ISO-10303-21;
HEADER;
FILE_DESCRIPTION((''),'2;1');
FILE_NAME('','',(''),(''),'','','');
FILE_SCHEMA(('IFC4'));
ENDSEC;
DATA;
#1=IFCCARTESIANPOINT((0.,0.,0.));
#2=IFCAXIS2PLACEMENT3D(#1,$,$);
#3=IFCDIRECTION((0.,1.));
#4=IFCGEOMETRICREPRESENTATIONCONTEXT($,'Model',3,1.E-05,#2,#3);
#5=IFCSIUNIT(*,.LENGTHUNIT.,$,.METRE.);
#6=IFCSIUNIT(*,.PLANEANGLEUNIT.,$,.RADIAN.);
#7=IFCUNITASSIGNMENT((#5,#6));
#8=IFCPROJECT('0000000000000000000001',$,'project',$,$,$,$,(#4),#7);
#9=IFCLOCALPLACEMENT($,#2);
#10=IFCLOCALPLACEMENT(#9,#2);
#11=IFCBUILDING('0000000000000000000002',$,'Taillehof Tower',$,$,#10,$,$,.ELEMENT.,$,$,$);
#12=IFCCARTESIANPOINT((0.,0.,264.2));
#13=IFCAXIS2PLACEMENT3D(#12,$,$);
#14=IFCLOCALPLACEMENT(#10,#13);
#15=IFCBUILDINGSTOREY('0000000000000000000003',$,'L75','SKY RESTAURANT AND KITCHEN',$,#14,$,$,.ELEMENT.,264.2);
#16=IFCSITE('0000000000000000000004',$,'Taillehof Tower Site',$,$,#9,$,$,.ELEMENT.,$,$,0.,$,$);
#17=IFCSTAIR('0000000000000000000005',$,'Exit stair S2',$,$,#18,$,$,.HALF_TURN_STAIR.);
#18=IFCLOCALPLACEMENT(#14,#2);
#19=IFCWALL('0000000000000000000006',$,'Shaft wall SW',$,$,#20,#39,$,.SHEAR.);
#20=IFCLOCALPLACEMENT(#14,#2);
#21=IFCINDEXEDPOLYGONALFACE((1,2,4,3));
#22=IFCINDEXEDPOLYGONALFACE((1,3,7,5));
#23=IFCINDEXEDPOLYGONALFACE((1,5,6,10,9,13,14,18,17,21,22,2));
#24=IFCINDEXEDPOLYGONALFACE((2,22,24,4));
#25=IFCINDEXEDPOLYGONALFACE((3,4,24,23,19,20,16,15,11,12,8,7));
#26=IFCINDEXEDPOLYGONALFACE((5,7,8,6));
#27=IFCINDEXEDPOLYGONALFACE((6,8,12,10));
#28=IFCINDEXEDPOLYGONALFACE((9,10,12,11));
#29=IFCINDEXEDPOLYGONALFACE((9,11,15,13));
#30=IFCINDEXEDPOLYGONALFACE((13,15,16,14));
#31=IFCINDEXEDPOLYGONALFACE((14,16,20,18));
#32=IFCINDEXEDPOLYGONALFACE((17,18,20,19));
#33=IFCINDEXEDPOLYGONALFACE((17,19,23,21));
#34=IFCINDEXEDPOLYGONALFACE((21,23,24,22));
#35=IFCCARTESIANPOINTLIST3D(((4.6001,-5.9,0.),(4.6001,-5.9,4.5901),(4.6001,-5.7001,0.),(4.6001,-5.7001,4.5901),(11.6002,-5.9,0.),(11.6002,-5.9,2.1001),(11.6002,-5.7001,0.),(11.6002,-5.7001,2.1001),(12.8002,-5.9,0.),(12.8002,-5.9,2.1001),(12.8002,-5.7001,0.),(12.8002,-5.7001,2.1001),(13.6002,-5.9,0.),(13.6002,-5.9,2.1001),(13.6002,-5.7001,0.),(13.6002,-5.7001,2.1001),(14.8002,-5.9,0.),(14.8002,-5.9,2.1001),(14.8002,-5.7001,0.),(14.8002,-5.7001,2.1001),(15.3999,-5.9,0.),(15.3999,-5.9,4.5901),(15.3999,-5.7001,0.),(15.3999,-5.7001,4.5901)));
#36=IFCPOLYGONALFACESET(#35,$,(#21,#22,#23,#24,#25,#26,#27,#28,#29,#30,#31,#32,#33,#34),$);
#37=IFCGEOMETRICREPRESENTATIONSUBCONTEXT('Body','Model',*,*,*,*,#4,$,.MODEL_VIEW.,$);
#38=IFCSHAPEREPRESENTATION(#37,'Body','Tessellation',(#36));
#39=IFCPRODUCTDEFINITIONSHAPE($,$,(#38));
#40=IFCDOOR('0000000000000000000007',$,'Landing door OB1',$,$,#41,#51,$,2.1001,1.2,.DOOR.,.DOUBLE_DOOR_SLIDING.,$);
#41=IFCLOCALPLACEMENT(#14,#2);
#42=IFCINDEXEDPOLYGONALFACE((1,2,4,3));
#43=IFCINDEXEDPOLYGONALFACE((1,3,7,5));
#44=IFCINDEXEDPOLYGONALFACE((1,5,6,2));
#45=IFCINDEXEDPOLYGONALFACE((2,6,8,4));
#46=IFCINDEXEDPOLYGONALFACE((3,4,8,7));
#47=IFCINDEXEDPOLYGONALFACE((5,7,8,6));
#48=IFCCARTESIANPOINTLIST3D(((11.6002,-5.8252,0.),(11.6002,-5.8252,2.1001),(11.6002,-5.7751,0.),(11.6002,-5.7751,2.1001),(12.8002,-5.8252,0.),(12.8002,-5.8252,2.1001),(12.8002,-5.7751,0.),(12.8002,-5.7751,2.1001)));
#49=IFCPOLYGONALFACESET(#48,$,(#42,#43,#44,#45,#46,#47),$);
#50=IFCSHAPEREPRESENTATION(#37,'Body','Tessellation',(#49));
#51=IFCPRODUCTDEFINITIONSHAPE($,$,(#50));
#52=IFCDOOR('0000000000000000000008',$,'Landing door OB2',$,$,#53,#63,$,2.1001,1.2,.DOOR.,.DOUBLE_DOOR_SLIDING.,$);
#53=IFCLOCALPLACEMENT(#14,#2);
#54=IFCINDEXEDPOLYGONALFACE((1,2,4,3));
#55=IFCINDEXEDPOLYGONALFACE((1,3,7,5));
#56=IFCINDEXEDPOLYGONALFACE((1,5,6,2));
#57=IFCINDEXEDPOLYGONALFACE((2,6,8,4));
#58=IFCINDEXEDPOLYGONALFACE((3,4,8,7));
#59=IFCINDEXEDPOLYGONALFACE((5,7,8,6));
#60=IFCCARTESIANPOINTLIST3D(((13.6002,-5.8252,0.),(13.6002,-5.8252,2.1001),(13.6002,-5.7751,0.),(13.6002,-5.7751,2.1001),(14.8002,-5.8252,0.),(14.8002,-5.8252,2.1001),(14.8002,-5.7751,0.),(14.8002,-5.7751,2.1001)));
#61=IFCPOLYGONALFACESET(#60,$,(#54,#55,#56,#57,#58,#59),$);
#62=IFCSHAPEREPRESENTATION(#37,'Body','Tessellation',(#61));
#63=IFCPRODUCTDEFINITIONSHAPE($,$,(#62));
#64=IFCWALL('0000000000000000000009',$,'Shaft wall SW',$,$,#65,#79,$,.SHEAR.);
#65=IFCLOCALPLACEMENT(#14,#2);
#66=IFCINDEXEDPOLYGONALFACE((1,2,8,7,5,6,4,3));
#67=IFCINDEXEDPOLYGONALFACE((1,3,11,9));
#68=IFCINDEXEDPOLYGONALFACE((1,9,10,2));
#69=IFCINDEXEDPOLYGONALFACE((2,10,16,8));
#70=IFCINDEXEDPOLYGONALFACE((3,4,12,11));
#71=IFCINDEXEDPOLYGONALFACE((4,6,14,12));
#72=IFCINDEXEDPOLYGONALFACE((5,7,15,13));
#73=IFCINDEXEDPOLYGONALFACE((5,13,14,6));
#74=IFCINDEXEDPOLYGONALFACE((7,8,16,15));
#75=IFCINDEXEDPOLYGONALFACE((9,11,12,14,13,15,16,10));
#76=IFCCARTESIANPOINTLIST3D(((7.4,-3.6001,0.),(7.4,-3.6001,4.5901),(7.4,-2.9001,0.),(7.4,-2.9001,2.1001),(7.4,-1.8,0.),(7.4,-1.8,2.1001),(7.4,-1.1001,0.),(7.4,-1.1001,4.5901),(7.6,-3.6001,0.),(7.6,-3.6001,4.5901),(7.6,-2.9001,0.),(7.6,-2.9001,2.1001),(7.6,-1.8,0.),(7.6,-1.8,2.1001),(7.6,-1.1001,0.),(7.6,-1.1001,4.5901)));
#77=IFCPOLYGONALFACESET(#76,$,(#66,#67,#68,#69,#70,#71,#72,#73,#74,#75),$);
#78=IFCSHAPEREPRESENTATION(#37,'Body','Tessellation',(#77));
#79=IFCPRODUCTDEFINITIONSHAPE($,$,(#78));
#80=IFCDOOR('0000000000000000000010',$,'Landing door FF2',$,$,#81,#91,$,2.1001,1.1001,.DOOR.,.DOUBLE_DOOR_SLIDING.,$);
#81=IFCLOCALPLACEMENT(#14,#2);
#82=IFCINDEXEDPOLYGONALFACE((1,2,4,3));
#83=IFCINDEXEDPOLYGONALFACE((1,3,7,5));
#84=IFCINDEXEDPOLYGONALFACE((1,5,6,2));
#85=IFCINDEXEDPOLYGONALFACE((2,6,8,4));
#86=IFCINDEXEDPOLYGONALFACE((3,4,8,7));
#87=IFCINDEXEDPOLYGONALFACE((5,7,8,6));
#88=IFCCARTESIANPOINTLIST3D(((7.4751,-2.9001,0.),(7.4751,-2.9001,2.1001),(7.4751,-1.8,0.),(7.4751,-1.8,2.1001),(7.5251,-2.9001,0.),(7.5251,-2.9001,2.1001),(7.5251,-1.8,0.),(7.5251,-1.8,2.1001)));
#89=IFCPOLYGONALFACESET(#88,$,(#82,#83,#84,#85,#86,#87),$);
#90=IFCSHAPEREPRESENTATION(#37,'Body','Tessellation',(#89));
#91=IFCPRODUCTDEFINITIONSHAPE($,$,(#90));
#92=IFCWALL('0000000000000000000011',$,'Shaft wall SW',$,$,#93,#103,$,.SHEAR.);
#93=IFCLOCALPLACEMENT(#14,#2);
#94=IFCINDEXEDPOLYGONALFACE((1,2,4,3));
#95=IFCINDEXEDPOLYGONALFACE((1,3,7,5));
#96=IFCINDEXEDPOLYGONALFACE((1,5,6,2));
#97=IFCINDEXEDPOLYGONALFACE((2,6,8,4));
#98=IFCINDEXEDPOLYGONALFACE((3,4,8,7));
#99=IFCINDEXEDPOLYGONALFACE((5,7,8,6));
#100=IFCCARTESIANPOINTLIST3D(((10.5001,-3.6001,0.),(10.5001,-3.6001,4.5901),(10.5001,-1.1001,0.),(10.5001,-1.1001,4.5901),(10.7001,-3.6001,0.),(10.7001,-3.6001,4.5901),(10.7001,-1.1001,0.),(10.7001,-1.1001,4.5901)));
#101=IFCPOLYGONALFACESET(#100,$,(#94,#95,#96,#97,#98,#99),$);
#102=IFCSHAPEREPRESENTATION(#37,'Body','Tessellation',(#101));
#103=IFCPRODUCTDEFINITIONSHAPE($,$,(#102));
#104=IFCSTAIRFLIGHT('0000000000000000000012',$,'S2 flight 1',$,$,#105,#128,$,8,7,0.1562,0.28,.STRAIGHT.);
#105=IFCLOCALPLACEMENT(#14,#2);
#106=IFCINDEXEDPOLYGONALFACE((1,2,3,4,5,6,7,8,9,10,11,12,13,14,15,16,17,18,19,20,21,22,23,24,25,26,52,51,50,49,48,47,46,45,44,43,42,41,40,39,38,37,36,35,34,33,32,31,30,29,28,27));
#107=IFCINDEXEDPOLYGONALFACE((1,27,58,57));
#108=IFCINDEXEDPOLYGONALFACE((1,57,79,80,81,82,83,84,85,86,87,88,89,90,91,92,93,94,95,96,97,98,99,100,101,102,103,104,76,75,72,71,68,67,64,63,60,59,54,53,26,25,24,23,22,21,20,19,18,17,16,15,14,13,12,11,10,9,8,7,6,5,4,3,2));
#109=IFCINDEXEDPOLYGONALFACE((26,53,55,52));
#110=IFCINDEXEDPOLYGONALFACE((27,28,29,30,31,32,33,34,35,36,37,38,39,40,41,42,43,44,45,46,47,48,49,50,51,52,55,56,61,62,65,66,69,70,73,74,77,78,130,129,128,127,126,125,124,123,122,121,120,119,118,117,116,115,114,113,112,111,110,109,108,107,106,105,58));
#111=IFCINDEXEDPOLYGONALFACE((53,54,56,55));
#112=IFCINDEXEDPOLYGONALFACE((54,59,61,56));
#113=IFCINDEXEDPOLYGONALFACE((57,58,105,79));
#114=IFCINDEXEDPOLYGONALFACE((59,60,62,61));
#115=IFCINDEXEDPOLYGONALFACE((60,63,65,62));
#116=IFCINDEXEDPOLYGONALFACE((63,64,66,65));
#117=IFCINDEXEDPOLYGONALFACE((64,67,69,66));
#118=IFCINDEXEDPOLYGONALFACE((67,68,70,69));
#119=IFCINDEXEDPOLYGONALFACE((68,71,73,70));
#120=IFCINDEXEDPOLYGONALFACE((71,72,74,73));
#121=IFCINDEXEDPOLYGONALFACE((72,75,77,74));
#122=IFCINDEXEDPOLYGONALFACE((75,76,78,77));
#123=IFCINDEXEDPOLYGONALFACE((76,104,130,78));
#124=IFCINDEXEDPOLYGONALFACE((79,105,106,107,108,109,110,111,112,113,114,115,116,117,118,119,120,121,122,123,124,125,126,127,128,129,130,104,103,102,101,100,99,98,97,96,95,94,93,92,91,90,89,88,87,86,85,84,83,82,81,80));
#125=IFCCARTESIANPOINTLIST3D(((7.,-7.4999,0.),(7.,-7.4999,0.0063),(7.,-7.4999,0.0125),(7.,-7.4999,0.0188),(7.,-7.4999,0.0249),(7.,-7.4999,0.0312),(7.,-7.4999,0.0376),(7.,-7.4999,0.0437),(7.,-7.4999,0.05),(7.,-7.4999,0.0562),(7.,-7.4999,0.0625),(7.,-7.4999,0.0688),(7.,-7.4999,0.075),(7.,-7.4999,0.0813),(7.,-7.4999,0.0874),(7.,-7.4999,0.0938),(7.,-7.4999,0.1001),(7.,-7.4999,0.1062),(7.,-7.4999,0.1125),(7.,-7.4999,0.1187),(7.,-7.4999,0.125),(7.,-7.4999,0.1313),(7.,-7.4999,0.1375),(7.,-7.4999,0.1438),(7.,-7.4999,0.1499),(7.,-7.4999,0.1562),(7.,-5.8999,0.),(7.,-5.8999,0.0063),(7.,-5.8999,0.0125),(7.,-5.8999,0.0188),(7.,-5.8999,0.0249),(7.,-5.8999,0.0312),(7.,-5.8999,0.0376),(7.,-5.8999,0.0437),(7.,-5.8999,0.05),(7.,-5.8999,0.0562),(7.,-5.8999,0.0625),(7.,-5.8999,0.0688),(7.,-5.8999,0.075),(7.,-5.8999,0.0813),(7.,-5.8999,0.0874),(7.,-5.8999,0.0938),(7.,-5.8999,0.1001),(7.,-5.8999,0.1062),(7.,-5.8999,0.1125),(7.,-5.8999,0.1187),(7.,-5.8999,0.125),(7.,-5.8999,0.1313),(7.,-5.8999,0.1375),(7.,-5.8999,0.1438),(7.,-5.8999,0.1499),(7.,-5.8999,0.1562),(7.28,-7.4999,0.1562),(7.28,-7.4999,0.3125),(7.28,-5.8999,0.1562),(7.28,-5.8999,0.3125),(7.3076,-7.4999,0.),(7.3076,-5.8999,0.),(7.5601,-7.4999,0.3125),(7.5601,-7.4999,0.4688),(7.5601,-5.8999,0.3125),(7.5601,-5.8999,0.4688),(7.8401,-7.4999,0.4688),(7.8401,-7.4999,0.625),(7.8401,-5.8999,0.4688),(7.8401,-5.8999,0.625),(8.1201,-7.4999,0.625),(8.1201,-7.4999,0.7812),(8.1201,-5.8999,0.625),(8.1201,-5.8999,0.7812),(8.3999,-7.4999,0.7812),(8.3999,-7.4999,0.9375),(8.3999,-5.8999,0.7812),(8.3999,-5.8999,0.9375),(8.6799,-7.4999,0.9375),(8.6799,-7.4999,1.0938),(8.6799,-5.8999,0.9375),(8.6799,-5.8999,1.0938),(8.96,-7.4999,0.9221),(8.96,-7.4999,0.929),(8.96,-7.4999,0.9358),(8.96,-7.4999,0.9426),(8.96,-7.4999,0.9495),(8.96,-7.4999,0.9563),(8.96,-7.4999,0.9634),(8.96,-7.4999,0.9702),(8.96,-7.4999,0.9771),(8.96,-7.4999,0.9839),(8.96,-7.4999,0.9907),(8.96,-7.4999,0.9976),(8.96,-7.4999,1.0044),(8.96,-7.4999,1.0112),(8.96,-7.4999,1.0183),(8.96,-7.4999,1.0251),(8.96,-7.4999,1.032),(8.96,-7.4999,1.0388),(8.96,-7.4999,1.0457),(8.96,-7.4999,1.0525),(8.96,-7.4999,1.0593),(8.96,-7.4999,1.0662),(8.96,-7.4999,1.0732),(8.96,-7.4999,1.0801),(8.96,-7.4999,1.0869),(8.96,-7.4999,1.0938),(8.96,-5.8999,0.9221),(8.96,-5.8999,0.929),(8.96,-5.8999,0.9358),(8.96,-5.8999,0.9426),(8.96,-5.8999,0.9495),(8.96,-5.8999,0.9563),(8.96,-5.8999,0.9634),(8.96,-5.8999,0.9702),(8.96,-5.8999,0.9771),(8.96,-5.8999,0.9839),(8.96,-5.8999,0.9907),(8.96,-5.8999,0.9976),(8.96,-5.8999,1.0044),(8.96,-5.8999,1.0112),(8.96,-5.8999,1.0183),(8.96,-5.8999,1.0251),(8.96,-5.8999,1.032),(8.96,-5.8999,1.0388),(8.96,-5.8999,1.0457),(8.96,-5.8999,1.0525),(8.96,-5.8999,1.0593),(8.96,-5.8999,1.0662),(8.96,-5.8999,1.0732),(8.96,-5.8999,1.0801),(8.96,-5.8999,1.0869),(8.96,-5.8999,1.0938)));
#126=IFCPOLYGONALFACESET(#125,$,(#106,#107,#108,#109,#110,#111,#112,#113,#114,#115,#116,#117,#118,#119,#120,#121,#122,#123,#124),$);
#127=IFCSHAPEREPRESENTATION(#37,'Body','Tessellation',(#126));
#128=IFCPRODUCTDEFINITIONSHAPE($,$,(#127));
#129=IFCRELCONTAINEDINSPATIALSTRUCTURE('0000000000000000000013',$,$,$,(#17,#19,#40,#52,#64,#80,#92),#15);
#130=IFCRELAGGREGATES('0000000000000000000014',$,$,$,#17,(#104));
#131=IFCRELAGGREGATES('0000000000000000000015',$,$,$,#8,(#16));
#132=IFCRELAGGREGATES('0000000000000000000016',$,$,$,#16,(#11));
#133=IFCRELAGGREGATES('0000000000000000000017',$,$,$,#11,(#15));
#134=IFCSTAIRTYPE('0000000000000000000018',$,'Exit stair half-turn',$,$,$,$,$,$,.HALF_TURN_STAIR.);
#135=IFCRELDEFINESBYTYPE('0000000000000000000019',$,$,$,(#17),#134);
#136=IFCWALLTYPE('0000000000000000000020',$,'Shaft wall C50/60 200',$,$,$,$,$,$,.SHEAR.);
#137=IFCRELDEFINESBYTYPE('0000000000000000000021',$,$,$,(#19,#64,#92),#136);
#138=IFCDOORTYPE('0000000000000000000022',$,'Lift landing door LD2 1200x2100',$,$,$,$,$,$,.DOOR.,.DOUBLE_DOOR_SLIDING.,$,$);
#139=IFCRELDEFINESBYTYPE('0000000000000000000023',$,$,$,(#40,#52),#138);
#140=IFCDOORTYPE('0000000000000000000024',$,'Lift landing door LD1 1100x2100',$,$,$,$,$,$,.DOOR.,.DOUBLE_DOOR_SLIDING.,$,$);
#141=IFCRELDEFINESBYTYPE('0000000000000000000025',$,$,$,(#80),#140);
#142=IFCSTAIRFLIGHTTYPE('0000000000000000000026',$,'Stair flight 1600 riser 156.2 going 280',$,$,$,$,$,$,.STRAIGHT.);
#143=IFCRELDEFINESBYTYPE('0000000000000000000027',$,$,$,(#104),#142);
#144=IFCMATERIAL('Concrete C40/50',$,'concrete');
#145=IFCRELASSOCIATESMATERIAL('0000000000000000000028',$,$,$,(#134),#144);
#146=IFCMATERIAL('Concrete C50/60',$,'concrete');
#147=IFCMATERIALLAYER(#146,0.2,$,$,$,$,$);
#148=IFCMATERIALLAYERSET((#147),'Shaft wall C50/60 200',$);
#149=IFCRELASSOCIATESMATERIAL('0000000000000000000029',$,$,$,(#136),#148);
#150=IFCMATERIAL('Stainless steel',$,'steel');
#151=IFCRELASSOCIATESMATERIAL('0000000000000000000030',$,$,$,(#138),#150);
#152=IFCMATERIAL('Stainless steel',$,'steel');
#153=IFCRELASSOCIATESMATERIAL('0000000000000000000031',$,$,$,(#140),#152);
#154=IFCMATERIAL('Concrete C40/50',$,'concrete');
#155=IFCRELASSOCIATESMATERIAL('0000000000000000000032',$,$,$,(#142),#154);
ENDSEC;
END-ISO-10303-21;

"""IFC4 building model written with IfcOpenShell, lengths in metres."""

from ifc_helpers import new_model, si_unit, direction, frame, frame_2d, origin, place, context, subcontext, project, spatial, polyline, rectangle, outline, extrude, material, layer, layer_set, type_object, element, fill, aggregate, save


model = new_model("IFC4")

# Units and contexts
model_context = context("Model", 3, precision=1e-05, world=origin(), true_north=direction((0.0, 1.0)))
body_context = subcontext(model_context, "Body", "Model", "MODEL_VIEW")
ifc_project = project(units=[si_unit("LENGTHUNIT", "METRE"), si_unit("PLANEANGLEUNIT", "RADIAN")], contexts=[model_context])

# Site, building, storey
site_placement = place(None, origin())
site = spatial("IfcSite", under=ifc_project, at=site_placement, Name="Taillehof Tower Site", CompositionType="ELEMENT", RefElevation=0.0)
building_placement = place(site_placement, origin())
building = spatial("IfcBuilding", under=site, at=building_placement, Name="Taillehof Tower", CompositionType="ELEMENT")
storey_placement = place(building_placement, frame((0.0, 0.0, 264.2)))
storey = spatial("IfcBuildingStorey", under=building, at=storey_placement, Name="L75", Description="SKY RESTAURANT AND KITCHEN", CompositionType="ELEMENT", Elevation=264.2)

# Stair
ifc_material_1 = material(Name="Concrete C40/50", Category="concrete")
stair_type = type_object("IfcStairType", Name="Exit stair half-turn", PredefinedType="HALF_TURN_STAIR", material=ifc_material_1)
stair_1_placement = place(storey_placement, origin())
stair_1 = element("IfcStair", 1, at=stair_1_placement, inside=storey, type_object=stair_type, Name="Exit stair S2", PredefinedType="HALF_TURN_STAIR")

# Shared definitions
ifc_material_2 = material(Name="Concrete C50/60", Category="concrete")
ifc_layer_1 = layer(ifc_material_2, 0.2)
ifc_layer_set_1 = layer_set([ifc_layer_1], Name="Shaft wall C50/60 200")
wall_type_1 = type_object("IfcWallType", Name="Shaft wall C50/60 200", PredefinedType="SHEAR", material=ifc_layer_set_1)

# Wall, openings, doors
wall_1_placement = place(storey_placement, frame((4.6001, -5.8, 0.0), z_axis=(0.0, 0.0, 1.0), x_axis=(1.0, 0.0, 0.0)))
wall_1 = element("IfcWall", 2, at=wall_1_placement, inside=storey, type_object=wall_type_1, Name="Shaft wall SW", PredefinedType="SHEAR", context=body_context, shape_type="SweptSolid", body=[
    extrude(rectangle(XDim=10.7998, YDim=0.2, at=frame_2d((5.3999, 0.0))), origin(), (0.0, 0.0, 1.0), 4.5901),
])
opening_1_placement = place(wall_1_placement, frame((7.0, 0.0, 0.0)))
opening_1 = element("IfcOpeningElement", 3, at=opening_1_placement, cuts=wall_1, PredefinedType="OPENING", context=body_context, shape_type="SweptSolid", body=[
    extrude(rectangle(XDim=1.2, YDim=2.1001, at=frame_2d((0.6001, 1.05))), frame((0.0, 0.1099, 0.0), z_axis=(0.0, -1.0, 0.0), x_axis=(1.0, 0.0, 0.0)), (0.0, 0.0, 1.0), 0.22),
])
opening_2_placement = place(wall_1_placement, frame((9.0, 0.0, 0.0)))
opening_2 = element("IfcOpeningElement", 4, at=opening_2_placement, cuts=wall_1, PredefinedType="OPENING", context=body_context, shape_type="SweptSolid", body=[
    extrude(rectangle(XDim=1.2, YDim=2.1001, at=frame_2d((0.6001, 1.05))), frame((0.0, 0.1099, 0.0), z_axis=(0.0, -1.0, 0.0), x_axis=(1.0, 0.0, 0.0)), (0.0, 0.0, 1.0), 0.22),
])
ifc_material_3 = material(Name="Stainless steel", Category="steel")
door_type_1 = type_object("IfcDoorType", Name="Lift landing door LD2 1200x2100", OperationType="DOUBLE_DOOR_SLIDING", PredefinedType="DOOR", material=ifc_material_3)
door_1_placement = place(opening_1_placement, origin())
door_1 = element("IfcDoor", 5, at=door_1_placement, inside=storey, type_object=door_type_1, Name="Landing door OB1", OperationType="DOUBLE_DOOR_SLIDING", OverallHeight=2.1001, OverallWidth=1.2, PredefinedType="DOOR", context=body_context, shape_type="SweptSolid", body=[
    extrude(rectangle(XDim=1.2, YDim=2.1001, at=frame_2d((0.6001, 1.05))), frame((0.0, 0.0249, 0.0), z_axis=(0.0, -1.0, 0.0), x_axis=(1.0, 0.0, 0.0)), (0.0, 0.0, 1.0), 0.05),
])
fill(opening_1, door_1)
door_2_placement = place(opening_2_placement, origin())
door_2 = element("IfcDoor", 6, at=door_2_placement, inside=storey, type_object=door_type_1, Name="Landing door OB2", OperationType="DOUBLE_DOOR_SLIDING", OverallHeight=2.1001, OverallWidth=1.2, PredefinedType="DOOR", context=body_context, shape_type="SweptSolid", body=[
    extrude(rectangle(XDim=1.2, YDim=2.1001, at=frame_2d((0.6001, 1.05))), frame((0.0, 0.0249, 0.0), z_axis=(0.0, -1.0, 0.0), x_axis=(1.0, 0.0, 0.0)), (0.0, 0.0, 1.0), 0.05),
])
fill(opening_2, door_2)

# Wall, opening, door
wall_2_placement = place(storey_placement, frame((7.5, -3.6001, 0.0), z_axis=(0.0, 0.0, 1.0), x_axis=(0.0, 1.0, 0.0)))
wall_2 = element("IfcWall", 7, at=wall_2_placement, inside=storey, type_object=wall_type_1, Name="Shaft wall SW", PredefinedType="SHEAR", context=body_context, shape_type="SweptSolid", body=[
    extrude(rectangle(XDim=2.5, YDim=0.2, at=frame_2d((1.25, 0.0))), origin(), (0.0, 0.0, 1.0), 4.5901),
])
opening_3_placement = place(wall_2_placement, frame((0.7, 0.0, 0.0)))
opening_3 = element("IfcOpeningElement", 8, at=opening_3_placement, cuts=wall_2, PredefinedType="OPENING", context=body_context, shape_type="SweptSolid", body=[
    extrude(rectangle(XDim=1.1001, YDim=2.1001, at=frame_2d((0.55, 1.05))), frame((0.0, 0.1099, 0.0), z_axis=(0.0, -1.0, 0.0), x_axis=(1.0, 0.0, 0.0)), (0.0, 0.0, 1.0), 0.22),
])
ifc_material_4 = material(Name="Stainless steel", Category="steel")
door_type_2 = type_object("IfcDoorType", Name="Lift landing door LD1 1100x2100", OperationType="DOUBLE_DOOR_SLIDING", PredefinedType="DOOR", material=ifc_material_4)
door_3_placement = place(opening_3_placement, origin())
door_3 = element("IfcDoor", 9, at=door_3_placement, inside=storey, type_object=door_type_2, Name="Landing door FF2", OperationType="DOUBLE_DOOR_SLIDING", OverallHeight=2.1001, OverallWidth=1.1001, PredefinedType="DOOR", context=body_context, shape_type="SweptSolid", body=[
    extrude(rectangle(XDim=1.1001, YDim=2.1001, at=frame_2d((0.55, 1.05))), frame((0.0, 0.0249, 0.0), z_axis=(0.0, -1.0, 0.0), x_axis=(1.0, 0.0, 0.0)), (0.0, 0.0, 1.0), 0.05),
])
fill(opening_3, door_3)

# Wall
wall_3_placement = place(storey_placement, frame((10.6001, -3.6001, 0.0), z_axis=(0.0, 0.0, 1.0), x_axis=(0.0, 1.0, 0.0)))
element("IfcWall", 10, at=wall_3_placement, inside=storey, type_object=wall_type_1, Name="Shaft wall SW", PredefinedType="SHEAR", context=body_context, shape_type="SweptSolid", body=[
    extrude(rectangle(XDim=2.5, YDim=0.2, at=frame_2d((1.25, 0.0))), origin(), (0.0, 0.0, 1.0), 4.5901),
])

# Stair flight
ifc_material_5 = material(Name="Concrete C40/50", Category="concrete")
stair_flight_type = type_object("IfcStairFlightType", Name="Stair flight 1600 riser 156.2 going 280", PredefinedType="STRAIGHT", material=ifc_material_5)
stair_flight_1_placement = place(storey_placement, frame((7.0, -6.7, 0.0), z_axis=(0.0, 0.0, 1.0), x_axis=(1.0, 0.0, 0.0)))
stair_flight_1 = element("IfcStairFlight", 11, at=stair_flight_1_placement, type_object=stair_flight_type, Name="S2 flight 1", NumberOfRisers=8, NumberOfTreads=7, PredefinedType="STRAIGHT", RiserHeight=0.1562, TreadLength=0.28, context=body_context, shape_type="SweptSolid", body=[
    extrude(outline(polyline([(0.0, 0.0), (0.0, 0.0063), (0.0, 0.0125), (0.0, 0.0188), (0.0, 0.0249), (0.0, 0.0312), (0.0, 0.0376), (0.0, 0.0437), (0.0, 0.05), (0.0, 0.0562), (0.0, 0.0625), (0.0, 0.0688), (0.0, 0.075), (0.0, 0.0813), (0.0, 0.0874), (0.0, 0.0938), (0.0, 0.1001), (0.0, 0.1062), (0.0, 0.1125), (0.0, 0.1187), (0.0, 0.125), (0.0, 0.1313), (0.0, 0.1375), (0.0, 0.1438), (0.0, 0.1499), (0.0, 0.1562), (0.28, 0.1562), (0.28, 0.3125), (0.5601, 0.3125), (0.5601, 0.4688), (0.8401, 0.4688), (0.8401, 0.625), (1.1201, 0.625), (1.1201, 0.7812), (1.3999, 0.7812), (1.3999, 0.9375), (1.6799, 0.9375), (1.6799, 1.0938), (1.96, 1.0938), (1.96, 1.0869), (1.96, 1.0801), (1.96, 1.0732), (1.96, 1.0662), (1.96, 1.0593), (1.96, 1.0525), (1.96, 1.0457), (1.96, 1.0388), (1.96, 1.032), (1.96, 1.0251), (1.96, 1.0183), (1.96, 1.0112), (1.96, 1.0044), (1.96, 0.9976), (1.96, 0.9907), (1.96, 0.9839), (1.96, 0.9771), (1.96, 0.9702), (1.96, 0.9634), (1.96, 0.9563), (1.96, 0.9495), (1.96, 0.9426), (1.96, 0.9358), (1.96, 0.929), (1.96, 0.9221), (0.3076, 0.0), (0.0, 0.0)])), frame((0.0, 0.8, 0.0), z_axis=(0.0, -1.0, 0.0), x_axis=(1.0, 0.0, 0.0)), (0.0, 0.0, 1.0), 1.6),
])
aggregate(stair_1, [stair_flight_1])

save(model, "model.ifc")
